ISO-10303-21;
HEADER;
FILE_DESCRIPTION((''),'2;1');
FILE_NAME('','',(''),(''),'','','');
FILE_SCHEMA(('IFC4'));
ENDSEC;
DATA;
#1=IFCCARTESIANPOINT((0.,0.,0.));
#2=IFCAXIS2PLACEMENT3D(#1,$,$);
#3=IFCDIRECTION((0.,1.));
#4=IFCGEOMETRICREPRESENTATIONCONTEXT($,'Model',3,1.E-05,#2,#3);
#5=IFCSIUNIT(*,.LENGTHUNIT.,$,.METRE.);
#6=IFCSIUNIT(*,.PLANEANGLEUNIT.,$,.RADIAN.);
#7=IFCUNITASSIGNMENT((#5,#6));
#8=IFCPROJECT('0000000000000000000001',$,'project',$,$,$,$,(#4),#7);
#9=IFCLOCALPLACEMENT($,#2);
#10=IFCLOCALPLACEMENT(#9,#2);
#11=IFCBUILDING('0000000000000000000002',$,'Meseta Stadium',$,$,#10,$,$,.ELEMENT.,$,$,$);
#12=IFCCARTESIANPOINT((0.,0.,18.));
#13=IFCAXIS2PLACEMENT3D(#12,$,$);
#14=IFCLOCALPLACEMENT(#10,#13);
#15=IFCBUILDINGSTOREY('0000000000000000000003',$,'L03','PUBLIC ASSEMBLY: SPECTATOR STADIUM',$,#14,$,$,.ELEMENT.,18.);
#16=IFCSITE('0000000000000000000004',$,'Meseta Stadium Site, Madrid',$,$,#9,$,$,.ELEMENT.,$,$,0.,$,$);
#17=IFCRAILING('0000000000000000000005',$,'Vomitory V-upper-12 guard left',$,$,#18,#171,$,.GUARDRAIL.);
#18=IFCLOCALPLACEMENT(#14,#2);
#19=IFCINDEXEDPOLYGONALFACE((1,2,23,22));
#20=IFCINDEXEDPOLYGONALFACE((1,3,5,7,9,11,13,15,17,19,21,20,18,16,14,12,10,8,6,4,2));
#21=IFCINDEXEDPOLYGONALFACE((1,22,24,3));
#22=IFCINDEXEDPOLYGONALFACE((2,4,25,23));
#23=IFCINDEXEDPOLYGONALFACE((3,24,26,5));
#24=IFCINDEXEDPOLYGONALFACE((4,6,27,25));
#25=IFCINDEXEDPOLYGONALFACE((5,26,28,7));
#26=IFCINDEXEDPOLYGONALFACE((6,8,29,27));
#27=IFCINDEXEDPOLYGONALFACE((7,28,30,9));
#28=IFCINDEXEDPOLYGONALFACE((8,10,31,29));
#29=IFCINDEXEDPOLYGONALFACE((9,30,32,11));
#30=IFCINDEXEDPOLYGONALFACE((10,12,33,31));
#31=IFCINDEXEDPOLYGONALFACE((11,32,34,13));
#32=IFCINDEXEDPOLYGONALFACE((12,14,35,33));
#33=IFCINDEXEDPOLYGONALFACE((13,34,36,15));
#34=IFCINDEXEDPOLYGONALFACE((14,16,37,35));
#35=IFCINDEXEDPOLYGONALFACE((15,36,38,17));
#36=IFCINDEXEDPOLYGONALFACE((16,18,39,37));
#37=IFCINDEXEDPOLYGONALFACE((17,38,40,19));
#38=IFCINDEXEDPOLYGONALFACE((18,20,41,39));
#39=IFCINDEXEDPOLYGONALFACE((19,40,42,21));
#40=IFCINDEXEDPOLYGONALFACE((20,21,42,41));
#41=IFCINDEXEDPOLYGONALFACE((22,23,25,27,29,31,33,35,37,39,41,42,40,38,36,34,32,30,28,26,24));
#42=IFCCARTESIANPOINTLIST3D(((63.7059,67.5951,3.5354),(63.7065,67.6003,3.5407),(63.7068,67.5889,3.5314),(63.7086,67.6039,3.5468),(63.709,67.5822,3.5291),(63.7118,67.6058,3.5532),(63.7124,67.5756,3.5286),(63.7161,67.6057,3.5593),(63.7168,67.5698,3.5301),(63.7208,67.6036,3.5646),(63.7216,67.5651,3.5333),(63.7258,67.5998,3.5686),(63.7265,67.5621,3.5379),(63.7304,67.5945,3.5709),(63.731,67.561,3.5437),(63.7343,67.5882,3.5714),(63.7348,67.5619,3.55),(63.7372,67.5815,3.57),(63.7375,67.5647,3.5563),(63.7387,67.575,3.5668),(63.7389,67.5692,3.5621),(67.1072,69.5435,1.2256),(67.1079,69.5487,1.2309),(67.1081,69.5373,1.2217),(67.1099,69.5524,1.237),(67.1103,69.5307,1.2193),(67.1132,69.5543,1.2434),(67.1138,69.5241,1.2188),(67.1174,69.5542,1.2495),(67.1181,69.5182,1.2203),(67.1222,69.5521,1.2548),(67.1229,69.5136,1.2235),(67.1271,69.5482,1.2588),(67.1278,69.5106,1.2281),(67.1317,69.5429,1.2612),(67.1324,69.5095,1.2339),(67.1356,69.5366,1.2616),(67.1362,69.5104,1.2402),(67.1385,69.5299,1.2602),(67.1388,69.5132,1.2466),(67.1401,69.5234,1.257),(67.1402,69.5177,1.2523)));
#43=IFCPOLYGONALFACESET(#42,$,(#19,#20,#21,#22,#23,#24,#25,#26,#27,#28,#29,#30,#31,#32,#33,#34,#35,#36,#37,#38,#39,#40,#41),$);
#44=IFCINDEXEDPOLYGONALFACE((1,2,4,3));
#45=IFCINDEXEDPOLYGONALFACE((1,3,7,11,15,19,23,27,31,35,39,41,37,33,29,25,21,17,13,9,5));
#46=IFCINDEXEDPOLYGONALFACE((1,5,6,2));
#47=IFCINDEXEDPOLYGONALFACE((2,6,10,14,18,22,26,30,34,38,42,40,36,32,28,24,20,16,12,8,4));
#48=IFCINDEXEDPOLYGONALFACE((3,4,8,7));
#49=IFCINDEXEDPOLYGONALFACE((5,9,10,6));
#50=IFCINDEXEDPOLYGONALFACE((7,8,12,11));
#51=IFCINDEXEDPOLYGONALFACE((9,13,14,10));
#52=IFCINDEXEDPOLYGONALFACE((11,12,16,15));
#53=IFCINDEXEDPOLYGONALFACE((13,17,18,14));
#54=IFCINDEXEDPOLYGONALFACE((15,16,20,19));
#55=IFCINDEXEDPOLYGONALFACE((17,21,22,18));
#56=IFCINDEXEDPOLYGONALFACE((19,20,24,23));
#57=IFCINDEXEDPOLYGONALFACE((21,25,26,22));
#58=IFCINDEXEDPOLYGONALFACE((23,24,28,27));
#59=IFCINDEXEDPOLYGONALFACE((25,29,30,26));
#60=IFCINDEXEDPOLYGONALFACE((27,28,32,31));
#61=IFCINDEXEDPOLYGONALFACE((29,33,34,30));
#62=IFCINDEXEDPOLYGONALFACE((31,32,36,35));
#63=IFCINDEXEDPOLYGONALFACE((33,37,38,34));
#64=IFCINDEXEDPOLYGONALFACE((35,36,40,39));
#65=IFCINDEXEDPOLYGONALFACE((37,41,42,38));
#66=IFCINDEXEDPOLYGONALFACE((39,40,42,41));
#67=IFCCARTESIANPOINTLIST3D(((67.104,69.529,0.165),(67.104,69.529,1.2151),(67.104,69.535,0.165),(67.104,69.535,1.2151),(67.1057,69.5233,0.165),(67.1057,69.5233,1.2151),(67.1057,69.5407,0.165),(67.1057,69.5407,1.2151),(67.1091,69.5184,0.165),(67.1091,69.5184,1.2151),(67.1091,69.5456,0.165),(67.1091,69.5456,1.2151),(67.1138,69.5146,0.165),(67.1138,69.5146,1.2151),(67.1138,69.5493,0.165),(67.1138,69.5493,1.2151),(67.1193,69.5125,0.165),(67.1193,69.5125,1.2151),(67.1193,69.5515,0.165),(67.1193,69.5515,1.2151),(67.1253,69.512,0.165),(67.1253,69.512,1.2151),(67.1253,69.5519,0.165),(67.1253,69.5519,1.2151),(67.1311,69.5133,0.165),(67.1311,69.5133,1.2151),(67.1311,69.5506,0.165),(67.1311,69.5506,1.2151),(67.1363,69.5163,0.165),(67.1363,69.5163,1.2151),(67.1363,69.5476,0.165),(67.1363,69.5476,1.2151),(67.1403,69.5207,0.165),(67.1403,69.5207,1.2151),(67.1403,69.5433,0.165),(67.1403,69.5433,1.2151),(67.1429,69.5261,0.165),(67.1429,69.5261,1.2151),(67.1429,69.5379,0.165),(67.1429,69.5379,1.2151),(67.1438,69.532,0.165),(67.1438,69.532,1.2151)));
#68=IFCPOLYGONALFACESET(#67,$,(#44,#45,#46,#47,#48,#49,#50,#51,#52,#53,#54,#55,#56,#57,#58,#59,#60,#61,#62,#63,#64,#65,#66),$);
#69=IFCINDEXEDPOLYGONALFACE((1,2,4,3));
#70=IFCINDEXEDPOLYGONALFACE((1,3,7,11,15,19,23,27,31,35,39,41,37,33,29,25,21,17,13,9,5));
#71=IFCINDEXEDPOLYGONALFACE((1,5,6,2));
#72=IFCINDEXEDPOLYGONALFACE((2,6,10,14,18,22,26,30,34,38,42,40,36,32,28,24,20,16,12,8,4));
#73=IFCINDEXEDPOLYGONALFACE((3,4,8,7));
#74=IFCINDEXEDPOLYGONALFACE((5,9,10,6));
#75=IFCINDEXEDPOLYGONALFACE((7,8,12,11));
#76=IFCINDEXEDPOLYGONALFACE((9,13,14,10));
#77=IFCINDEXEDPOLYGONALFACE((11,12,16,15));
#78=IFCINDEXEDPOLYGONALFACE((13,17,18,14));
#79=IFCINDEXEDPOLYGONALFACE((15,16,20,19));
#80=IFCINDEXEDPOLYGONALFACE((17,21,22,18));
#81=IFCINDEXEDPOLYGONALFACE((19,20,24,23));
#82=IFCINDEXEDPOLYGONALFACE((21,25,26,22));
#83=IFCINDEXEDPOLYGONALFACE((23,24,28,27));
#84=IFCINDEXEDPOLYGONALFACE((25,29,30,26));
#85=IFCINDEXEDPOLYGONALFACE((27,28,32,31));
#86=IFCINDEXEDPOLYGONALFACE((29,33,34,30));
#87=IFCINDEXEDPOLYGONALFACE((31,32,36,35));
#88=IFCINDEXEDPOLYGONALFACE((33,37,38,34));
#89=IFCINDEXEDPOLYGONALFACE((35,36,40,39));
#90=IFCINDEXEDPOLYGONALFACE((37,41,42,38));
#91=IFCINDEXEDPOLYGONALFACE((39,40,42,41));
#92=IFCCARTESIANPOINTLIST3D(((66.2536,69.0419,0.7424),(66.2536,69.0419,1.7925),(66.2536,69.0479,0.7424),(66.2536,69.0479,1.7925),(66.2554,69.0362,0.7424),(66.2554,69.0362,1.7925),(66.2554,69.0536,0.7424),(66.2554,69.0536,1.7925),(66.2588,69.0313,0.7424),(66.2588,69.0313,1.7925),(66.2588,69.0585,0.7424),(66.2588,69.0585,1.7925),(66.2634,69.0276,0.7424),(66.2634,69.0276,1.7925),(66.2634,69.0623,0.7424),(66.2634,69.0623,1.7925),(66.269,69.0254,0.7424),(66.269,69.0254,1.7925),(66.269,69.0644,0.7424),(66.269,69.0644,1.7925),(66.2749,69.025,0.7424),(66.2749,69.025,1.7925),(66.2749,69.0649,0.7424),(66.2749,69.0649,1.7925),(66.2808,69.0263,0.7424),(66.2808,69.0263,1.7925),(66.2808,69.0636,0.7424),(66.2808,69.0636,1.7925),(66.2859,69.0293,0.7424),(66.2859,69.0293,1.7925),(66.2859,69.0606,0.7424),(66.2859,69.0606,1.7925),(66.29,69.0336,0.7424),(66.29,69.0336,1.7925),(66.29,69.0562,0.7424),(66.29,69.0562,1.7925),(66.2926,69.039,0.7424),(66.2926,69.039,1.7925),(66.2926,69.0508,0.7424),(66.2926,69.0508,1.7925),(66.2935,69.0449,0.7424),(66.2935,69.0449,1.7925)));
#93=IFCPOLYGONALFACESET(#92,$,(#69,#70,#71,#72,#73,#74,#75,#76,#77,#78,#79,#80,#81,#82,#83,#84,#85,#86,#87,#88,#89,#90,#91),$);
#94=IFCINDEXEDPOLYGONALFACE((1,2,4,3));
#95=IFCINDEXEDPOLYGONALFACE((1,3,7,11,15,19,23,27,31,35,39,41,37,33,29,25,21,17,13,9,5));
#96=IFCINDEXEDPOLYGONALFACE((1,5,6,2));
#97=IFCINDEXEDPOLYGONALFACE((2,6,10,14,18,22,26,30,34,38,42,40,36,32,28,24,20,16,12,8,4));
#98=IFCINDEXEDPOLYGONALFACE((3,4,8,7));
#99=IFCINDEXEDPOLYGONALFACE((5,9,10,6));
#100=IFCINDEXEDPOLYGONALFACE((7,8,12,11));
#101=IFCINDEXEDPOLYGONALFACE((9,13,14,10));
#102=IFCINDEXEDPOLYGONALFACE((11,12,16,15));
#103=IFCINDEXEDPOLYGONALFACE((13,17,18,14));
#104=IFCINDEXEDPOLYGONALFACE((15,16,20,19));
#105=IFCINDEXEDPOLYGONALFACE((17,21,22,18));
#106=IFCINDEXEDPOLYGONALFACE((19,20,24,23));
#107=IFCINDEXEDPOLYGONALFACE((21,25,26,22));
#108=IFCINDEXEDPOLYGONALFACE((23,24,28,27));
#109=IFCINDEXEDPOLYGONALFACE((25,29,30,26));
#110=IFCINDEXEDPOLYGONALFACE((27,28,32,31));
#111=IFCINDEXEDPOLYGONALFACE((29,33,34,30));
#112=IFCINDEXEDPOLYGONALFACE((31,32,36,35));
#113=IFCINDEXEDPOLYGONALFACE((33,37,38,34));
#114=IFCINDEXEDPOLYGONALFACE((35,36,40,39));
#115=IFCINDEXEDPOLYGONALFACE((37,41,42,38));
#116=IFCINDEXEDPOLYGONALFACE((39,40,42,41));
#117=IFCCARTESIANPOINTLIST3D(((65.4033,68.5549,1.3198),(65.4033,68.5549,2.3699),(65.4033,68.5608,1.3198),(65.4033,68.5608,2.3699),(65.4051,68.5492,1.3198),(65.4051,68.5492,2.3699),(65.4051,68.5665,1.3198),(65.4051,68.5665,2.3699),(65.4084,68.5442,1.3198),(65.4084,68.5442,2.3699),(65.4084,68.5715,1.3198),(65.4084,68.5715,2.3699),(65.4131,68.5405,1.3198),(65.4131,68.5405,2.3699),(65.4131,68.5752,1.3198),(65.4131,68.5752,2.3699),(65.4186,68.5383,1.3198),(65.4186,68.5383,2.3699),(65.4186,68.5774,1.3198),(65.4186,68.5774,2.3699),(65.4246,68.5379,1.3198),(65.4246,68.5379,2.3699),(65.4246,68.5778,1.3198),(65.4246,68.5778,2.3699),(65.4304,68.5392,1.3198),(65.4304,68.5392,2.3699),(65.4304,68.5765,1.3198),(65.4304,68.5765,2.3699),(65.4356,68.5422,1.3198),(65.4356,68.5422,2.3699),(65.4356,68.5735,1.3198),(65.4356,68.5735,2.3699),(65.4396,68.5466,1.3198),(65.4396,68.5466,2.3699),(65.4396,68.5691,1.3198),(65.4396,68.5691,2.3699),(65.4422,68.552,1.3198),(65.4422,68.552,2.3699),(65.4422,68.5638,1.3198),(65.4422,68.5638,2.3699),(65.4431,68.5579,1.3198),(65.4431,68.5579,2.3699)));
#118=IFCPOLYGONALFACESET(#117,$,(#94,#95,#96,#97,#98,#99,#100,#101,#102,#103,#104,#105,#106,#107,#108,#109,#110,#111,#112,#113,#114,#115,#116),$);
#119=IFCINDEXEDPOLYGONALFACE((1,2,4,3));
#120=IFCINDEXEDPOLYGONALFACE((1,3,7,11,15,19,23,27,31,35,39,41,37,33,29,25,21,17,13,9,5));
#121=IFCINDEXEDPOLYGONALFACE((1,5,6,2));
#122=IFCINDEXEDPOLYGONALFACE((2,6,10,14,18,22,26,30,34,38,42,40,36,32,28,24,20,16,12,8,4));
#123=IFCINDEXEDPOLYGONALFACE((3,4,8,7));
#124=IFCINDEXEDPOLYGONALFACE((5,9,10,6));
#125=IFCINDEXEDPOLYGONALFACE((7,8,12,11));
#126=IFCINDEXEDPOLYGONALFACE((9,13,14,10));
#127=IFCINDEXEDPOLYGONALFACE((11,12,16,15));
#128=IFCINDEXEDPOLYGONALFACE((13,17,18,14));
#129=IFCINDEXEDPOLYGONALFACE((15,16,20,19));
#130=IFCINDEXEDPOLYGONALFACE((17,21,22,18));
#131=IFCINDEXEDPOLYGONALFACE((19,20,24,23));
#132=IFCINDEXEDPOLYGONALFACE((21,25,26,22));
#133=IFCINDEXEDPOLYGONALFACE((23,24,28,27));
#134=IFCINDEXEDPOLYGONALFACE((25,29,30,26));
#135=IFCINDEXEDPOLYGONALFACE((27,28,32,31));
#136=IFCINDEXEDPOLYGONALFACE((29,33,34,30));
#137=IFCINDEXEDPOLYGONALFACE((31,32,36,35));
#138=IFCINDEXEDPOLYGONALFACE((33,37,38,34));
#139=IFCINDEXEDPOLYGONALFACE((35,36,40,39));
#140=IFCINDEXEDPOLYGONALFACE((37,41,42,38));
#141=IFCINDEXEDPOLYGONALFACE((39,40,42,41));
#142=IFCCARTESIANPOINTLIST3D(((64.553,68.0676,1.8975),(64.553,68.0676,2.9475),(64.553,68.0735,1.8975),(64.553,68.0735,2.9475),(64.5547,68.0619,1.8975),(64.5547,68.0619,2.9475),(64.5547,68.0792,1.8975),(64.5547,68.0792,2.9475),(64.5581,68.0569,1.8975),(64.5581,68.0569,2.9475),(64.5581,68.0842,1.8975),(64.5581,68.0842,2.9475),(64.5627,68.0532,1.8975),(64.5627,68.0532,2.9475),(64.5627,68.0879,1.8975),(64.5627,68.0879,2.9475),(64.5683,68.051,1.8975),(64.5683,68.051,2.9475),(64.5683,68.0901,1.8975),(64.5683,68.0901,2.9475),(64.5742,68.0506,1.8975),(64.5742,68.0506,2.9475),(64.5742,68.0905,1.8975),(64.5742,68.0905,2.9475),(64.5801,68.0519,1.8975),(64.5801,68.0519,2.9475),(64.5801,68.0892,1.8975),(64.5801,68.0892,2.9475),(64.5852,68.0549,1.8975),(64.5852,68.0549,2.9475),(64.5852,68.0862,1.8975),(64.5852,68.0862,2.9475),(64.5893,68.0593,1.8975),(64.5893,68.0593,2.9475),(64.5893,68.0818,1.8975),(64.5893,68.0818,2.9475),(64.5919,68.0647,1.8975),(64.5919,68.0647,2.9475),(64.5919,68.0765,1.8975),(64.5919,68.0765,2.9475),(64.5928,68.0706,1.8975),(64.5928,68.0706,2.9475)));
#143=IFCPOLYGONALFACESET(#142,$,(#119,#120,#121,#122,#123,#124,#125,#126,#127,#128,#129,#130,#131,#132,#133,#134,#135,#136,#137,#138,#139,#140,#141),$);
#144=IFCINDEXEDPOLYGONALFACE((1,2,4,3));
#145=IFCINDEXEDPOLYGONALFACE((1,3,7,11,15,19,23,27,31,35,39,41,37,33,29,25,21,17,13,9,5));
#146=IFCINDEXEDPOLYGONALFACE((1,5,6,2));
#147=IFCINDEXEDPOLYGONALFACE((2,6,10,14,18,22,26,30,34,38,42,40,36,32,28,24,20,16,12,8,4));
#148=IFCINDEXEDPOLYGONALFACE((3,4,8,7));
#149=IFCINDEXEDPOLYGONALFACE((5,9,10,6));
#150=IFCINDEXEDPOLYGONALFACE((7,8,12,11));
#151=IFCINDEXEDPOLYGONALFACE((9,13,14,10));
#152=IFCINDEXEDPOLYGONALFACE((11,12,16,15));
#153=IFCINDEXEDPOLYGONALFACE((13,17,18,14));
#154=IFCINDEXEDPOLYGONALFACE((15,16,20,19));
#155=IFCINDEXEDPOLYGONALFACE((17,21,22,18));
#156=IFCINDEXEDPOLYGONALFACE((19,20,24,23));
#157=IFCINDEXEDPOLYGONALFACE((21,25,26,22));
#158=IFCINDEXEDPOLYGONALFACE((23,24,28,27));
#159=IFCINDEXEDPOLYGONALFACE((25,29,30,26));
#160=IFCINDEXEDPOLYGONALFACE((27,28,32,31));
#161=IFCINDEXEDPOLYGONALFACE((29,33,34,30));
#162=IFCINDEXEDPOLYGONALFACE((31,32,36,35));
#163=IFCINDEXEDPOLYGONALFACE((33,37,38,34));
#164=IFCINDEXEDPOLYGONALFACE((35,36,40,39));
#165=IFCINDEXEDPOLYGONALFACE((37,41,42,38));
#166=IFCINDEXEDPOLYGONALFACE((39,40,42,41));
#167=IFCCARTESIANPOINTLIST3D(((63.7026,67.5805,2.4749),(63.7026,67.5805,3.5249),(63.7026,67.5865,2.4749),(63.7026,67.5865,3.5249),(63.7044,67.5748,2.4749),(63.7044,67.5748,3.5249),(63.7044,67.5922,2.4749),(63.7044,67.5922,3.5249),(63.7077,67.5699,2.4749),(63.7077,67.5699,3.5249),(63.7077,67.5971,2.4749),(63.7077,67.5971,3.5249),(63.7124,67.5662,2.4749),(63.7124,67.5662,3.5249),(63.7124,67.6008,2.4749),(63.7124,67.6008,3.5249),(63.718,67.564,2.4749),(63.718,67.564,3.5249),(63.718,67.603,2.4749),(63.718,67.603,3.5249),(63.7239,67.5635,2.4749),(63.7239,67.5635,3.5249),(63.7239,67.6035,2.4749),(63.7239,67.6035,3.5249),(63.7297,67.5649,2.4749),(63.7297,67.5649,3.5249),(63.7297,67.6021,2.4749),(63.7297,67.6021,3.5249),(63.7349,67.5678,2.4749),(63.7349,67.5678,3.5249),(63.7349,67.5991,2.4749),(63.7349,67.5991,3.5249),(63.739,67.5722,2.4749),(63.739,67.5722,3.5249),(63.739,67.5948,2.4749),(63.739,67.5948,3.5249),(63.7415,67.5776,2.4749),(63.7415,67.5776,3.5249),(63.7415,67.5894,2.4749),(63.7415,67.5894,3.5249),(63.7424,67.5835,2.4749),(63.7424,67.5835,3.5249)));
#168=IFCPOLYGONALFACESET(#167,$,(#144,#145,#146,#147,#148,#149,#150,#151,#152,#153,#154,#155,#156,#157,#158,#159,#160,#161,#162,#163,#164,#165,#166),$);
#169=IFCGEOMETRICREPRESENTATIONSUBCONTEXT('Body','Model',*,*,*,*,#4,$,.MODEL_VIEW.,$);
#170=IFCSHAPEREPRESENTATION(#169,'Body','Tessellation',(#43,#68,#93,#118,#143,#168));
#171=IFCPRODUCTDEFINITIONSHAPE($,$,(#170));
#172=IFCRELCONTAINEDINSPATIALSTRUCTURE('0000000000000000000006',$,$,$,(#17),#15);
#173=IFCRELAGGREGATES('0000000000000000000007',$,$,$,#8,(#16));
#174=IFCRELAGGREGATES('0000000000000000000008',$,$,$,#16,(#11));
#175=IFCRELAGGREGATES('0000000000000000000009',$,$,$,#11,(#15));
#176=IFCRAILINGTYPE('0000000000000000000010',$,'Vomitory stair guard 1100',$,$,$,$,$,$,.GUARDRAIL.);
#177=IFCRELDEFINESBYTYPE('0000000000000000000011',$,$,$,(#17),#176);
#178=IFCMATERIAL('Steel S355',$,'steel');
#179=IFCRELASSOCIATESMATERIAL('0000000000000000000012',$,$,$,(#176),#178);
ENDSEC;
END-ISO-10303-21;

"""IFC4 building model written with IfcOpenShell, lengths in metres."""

from ifc_helpers import new_model, si_unit, direction, frame, origin, origin_2d, place, context, subcontext, project, spatial, circle, extrude, material, type_object, element, save


model = new_model("IFC4")

# Units and contexts
model_context = context("Model", 3, precision=1e-05, world=origin(), true_north=direction((0.0, 1.0)))
body_context = subcontext(model_context, "Body", "Model", "MODEL_VIEW")
ifc_project = project(units=[si_unit("LENGTHUNIT", "METRE"), si_unit("PLANEANGLEUNIT", "RADIAN")], contexts=[model_context])

# Site, building, storey
site_placement = place(None, origin())
site = spatial("IfcSite", under=ifc_project, at=site_placement, Name="Meseta Stadium Site, Madrid", CompositionType="ELEMENT", RefElevation=0.0)
building_placement = place(site_placement, origin())
building = spatial("IfcBuilding", under=site, at=building_placement, Name="Meseta Stadium", CompositionType="ELEMENT")
storey_placement = place(building_placement, frame((0.0, 0.0, 18.0)))
storey = spatial("IfcBuildingStorey", under=building, at=storey_placement, Name="L03", Description="PUBLIC ASSEMBLY: SPECTATOR STADIUM", CompositionType="ELEMENT", Elevation=18.0)

# Railing
ifc_material_1 = material(Name="Steel S355", Category="steel")
railing_type_1 = type_object("IfcRailingType", Name="Vomitory stair guard 1100", PredefinedType="GUARDRAIL", material=ifc_material_1)
railing_1_placement = place(storey_placement, frame((67.1238, 69.532, 0.165)))
element("IfcRailing", 1, at=railing_1_placement, inside=storey, type_object=railing_type_1, Name="Vomitory V-upper-12 guard left", PredefinedType="GUARDRAIL", context=body_context, shape_type="SweptSolid", body=[
    extrude(circle(Radius=0.0249, at=origin_2d()), frame((0.0, 0.0, 1.0752), z_axis=(-0.747578, -0.428253, 0.507668), x_axis=(0.497071, -0.86771, 0.0)), (0.0, 0.0, 1.0), 4.5498),
    extrude(circle(Radius=0.02, at=origin_2d()), origin(), (0.0, 0.0, 1.0), 1.05),
    extrude(circle(Radius=0.02, at=origin_2d()), frame((-0.8503, -0.4871, 0.5774)), (0.0, 0.0, 1.0), 1.05),
    extrude(circle(Radius=0.02, at=origin_2d()), frame((-1.7007, -0.9741, 1.1548)), (0.0, 0.0, 1.0), 1.05),
    extrude(circle(Radius=0.02, at=origin_2d()), frame((-2.551, -1.4614, 1.7324)), (0.0, 0.0, 1.0), 1.05),
    extrude(circle(Radius=0.02, at=origin_2d()), frame((-3.4014, -1.9485, 2.3098)), (0.0, 0.0, 1.0), 1.05),
])

save(model, "model.ifc")
